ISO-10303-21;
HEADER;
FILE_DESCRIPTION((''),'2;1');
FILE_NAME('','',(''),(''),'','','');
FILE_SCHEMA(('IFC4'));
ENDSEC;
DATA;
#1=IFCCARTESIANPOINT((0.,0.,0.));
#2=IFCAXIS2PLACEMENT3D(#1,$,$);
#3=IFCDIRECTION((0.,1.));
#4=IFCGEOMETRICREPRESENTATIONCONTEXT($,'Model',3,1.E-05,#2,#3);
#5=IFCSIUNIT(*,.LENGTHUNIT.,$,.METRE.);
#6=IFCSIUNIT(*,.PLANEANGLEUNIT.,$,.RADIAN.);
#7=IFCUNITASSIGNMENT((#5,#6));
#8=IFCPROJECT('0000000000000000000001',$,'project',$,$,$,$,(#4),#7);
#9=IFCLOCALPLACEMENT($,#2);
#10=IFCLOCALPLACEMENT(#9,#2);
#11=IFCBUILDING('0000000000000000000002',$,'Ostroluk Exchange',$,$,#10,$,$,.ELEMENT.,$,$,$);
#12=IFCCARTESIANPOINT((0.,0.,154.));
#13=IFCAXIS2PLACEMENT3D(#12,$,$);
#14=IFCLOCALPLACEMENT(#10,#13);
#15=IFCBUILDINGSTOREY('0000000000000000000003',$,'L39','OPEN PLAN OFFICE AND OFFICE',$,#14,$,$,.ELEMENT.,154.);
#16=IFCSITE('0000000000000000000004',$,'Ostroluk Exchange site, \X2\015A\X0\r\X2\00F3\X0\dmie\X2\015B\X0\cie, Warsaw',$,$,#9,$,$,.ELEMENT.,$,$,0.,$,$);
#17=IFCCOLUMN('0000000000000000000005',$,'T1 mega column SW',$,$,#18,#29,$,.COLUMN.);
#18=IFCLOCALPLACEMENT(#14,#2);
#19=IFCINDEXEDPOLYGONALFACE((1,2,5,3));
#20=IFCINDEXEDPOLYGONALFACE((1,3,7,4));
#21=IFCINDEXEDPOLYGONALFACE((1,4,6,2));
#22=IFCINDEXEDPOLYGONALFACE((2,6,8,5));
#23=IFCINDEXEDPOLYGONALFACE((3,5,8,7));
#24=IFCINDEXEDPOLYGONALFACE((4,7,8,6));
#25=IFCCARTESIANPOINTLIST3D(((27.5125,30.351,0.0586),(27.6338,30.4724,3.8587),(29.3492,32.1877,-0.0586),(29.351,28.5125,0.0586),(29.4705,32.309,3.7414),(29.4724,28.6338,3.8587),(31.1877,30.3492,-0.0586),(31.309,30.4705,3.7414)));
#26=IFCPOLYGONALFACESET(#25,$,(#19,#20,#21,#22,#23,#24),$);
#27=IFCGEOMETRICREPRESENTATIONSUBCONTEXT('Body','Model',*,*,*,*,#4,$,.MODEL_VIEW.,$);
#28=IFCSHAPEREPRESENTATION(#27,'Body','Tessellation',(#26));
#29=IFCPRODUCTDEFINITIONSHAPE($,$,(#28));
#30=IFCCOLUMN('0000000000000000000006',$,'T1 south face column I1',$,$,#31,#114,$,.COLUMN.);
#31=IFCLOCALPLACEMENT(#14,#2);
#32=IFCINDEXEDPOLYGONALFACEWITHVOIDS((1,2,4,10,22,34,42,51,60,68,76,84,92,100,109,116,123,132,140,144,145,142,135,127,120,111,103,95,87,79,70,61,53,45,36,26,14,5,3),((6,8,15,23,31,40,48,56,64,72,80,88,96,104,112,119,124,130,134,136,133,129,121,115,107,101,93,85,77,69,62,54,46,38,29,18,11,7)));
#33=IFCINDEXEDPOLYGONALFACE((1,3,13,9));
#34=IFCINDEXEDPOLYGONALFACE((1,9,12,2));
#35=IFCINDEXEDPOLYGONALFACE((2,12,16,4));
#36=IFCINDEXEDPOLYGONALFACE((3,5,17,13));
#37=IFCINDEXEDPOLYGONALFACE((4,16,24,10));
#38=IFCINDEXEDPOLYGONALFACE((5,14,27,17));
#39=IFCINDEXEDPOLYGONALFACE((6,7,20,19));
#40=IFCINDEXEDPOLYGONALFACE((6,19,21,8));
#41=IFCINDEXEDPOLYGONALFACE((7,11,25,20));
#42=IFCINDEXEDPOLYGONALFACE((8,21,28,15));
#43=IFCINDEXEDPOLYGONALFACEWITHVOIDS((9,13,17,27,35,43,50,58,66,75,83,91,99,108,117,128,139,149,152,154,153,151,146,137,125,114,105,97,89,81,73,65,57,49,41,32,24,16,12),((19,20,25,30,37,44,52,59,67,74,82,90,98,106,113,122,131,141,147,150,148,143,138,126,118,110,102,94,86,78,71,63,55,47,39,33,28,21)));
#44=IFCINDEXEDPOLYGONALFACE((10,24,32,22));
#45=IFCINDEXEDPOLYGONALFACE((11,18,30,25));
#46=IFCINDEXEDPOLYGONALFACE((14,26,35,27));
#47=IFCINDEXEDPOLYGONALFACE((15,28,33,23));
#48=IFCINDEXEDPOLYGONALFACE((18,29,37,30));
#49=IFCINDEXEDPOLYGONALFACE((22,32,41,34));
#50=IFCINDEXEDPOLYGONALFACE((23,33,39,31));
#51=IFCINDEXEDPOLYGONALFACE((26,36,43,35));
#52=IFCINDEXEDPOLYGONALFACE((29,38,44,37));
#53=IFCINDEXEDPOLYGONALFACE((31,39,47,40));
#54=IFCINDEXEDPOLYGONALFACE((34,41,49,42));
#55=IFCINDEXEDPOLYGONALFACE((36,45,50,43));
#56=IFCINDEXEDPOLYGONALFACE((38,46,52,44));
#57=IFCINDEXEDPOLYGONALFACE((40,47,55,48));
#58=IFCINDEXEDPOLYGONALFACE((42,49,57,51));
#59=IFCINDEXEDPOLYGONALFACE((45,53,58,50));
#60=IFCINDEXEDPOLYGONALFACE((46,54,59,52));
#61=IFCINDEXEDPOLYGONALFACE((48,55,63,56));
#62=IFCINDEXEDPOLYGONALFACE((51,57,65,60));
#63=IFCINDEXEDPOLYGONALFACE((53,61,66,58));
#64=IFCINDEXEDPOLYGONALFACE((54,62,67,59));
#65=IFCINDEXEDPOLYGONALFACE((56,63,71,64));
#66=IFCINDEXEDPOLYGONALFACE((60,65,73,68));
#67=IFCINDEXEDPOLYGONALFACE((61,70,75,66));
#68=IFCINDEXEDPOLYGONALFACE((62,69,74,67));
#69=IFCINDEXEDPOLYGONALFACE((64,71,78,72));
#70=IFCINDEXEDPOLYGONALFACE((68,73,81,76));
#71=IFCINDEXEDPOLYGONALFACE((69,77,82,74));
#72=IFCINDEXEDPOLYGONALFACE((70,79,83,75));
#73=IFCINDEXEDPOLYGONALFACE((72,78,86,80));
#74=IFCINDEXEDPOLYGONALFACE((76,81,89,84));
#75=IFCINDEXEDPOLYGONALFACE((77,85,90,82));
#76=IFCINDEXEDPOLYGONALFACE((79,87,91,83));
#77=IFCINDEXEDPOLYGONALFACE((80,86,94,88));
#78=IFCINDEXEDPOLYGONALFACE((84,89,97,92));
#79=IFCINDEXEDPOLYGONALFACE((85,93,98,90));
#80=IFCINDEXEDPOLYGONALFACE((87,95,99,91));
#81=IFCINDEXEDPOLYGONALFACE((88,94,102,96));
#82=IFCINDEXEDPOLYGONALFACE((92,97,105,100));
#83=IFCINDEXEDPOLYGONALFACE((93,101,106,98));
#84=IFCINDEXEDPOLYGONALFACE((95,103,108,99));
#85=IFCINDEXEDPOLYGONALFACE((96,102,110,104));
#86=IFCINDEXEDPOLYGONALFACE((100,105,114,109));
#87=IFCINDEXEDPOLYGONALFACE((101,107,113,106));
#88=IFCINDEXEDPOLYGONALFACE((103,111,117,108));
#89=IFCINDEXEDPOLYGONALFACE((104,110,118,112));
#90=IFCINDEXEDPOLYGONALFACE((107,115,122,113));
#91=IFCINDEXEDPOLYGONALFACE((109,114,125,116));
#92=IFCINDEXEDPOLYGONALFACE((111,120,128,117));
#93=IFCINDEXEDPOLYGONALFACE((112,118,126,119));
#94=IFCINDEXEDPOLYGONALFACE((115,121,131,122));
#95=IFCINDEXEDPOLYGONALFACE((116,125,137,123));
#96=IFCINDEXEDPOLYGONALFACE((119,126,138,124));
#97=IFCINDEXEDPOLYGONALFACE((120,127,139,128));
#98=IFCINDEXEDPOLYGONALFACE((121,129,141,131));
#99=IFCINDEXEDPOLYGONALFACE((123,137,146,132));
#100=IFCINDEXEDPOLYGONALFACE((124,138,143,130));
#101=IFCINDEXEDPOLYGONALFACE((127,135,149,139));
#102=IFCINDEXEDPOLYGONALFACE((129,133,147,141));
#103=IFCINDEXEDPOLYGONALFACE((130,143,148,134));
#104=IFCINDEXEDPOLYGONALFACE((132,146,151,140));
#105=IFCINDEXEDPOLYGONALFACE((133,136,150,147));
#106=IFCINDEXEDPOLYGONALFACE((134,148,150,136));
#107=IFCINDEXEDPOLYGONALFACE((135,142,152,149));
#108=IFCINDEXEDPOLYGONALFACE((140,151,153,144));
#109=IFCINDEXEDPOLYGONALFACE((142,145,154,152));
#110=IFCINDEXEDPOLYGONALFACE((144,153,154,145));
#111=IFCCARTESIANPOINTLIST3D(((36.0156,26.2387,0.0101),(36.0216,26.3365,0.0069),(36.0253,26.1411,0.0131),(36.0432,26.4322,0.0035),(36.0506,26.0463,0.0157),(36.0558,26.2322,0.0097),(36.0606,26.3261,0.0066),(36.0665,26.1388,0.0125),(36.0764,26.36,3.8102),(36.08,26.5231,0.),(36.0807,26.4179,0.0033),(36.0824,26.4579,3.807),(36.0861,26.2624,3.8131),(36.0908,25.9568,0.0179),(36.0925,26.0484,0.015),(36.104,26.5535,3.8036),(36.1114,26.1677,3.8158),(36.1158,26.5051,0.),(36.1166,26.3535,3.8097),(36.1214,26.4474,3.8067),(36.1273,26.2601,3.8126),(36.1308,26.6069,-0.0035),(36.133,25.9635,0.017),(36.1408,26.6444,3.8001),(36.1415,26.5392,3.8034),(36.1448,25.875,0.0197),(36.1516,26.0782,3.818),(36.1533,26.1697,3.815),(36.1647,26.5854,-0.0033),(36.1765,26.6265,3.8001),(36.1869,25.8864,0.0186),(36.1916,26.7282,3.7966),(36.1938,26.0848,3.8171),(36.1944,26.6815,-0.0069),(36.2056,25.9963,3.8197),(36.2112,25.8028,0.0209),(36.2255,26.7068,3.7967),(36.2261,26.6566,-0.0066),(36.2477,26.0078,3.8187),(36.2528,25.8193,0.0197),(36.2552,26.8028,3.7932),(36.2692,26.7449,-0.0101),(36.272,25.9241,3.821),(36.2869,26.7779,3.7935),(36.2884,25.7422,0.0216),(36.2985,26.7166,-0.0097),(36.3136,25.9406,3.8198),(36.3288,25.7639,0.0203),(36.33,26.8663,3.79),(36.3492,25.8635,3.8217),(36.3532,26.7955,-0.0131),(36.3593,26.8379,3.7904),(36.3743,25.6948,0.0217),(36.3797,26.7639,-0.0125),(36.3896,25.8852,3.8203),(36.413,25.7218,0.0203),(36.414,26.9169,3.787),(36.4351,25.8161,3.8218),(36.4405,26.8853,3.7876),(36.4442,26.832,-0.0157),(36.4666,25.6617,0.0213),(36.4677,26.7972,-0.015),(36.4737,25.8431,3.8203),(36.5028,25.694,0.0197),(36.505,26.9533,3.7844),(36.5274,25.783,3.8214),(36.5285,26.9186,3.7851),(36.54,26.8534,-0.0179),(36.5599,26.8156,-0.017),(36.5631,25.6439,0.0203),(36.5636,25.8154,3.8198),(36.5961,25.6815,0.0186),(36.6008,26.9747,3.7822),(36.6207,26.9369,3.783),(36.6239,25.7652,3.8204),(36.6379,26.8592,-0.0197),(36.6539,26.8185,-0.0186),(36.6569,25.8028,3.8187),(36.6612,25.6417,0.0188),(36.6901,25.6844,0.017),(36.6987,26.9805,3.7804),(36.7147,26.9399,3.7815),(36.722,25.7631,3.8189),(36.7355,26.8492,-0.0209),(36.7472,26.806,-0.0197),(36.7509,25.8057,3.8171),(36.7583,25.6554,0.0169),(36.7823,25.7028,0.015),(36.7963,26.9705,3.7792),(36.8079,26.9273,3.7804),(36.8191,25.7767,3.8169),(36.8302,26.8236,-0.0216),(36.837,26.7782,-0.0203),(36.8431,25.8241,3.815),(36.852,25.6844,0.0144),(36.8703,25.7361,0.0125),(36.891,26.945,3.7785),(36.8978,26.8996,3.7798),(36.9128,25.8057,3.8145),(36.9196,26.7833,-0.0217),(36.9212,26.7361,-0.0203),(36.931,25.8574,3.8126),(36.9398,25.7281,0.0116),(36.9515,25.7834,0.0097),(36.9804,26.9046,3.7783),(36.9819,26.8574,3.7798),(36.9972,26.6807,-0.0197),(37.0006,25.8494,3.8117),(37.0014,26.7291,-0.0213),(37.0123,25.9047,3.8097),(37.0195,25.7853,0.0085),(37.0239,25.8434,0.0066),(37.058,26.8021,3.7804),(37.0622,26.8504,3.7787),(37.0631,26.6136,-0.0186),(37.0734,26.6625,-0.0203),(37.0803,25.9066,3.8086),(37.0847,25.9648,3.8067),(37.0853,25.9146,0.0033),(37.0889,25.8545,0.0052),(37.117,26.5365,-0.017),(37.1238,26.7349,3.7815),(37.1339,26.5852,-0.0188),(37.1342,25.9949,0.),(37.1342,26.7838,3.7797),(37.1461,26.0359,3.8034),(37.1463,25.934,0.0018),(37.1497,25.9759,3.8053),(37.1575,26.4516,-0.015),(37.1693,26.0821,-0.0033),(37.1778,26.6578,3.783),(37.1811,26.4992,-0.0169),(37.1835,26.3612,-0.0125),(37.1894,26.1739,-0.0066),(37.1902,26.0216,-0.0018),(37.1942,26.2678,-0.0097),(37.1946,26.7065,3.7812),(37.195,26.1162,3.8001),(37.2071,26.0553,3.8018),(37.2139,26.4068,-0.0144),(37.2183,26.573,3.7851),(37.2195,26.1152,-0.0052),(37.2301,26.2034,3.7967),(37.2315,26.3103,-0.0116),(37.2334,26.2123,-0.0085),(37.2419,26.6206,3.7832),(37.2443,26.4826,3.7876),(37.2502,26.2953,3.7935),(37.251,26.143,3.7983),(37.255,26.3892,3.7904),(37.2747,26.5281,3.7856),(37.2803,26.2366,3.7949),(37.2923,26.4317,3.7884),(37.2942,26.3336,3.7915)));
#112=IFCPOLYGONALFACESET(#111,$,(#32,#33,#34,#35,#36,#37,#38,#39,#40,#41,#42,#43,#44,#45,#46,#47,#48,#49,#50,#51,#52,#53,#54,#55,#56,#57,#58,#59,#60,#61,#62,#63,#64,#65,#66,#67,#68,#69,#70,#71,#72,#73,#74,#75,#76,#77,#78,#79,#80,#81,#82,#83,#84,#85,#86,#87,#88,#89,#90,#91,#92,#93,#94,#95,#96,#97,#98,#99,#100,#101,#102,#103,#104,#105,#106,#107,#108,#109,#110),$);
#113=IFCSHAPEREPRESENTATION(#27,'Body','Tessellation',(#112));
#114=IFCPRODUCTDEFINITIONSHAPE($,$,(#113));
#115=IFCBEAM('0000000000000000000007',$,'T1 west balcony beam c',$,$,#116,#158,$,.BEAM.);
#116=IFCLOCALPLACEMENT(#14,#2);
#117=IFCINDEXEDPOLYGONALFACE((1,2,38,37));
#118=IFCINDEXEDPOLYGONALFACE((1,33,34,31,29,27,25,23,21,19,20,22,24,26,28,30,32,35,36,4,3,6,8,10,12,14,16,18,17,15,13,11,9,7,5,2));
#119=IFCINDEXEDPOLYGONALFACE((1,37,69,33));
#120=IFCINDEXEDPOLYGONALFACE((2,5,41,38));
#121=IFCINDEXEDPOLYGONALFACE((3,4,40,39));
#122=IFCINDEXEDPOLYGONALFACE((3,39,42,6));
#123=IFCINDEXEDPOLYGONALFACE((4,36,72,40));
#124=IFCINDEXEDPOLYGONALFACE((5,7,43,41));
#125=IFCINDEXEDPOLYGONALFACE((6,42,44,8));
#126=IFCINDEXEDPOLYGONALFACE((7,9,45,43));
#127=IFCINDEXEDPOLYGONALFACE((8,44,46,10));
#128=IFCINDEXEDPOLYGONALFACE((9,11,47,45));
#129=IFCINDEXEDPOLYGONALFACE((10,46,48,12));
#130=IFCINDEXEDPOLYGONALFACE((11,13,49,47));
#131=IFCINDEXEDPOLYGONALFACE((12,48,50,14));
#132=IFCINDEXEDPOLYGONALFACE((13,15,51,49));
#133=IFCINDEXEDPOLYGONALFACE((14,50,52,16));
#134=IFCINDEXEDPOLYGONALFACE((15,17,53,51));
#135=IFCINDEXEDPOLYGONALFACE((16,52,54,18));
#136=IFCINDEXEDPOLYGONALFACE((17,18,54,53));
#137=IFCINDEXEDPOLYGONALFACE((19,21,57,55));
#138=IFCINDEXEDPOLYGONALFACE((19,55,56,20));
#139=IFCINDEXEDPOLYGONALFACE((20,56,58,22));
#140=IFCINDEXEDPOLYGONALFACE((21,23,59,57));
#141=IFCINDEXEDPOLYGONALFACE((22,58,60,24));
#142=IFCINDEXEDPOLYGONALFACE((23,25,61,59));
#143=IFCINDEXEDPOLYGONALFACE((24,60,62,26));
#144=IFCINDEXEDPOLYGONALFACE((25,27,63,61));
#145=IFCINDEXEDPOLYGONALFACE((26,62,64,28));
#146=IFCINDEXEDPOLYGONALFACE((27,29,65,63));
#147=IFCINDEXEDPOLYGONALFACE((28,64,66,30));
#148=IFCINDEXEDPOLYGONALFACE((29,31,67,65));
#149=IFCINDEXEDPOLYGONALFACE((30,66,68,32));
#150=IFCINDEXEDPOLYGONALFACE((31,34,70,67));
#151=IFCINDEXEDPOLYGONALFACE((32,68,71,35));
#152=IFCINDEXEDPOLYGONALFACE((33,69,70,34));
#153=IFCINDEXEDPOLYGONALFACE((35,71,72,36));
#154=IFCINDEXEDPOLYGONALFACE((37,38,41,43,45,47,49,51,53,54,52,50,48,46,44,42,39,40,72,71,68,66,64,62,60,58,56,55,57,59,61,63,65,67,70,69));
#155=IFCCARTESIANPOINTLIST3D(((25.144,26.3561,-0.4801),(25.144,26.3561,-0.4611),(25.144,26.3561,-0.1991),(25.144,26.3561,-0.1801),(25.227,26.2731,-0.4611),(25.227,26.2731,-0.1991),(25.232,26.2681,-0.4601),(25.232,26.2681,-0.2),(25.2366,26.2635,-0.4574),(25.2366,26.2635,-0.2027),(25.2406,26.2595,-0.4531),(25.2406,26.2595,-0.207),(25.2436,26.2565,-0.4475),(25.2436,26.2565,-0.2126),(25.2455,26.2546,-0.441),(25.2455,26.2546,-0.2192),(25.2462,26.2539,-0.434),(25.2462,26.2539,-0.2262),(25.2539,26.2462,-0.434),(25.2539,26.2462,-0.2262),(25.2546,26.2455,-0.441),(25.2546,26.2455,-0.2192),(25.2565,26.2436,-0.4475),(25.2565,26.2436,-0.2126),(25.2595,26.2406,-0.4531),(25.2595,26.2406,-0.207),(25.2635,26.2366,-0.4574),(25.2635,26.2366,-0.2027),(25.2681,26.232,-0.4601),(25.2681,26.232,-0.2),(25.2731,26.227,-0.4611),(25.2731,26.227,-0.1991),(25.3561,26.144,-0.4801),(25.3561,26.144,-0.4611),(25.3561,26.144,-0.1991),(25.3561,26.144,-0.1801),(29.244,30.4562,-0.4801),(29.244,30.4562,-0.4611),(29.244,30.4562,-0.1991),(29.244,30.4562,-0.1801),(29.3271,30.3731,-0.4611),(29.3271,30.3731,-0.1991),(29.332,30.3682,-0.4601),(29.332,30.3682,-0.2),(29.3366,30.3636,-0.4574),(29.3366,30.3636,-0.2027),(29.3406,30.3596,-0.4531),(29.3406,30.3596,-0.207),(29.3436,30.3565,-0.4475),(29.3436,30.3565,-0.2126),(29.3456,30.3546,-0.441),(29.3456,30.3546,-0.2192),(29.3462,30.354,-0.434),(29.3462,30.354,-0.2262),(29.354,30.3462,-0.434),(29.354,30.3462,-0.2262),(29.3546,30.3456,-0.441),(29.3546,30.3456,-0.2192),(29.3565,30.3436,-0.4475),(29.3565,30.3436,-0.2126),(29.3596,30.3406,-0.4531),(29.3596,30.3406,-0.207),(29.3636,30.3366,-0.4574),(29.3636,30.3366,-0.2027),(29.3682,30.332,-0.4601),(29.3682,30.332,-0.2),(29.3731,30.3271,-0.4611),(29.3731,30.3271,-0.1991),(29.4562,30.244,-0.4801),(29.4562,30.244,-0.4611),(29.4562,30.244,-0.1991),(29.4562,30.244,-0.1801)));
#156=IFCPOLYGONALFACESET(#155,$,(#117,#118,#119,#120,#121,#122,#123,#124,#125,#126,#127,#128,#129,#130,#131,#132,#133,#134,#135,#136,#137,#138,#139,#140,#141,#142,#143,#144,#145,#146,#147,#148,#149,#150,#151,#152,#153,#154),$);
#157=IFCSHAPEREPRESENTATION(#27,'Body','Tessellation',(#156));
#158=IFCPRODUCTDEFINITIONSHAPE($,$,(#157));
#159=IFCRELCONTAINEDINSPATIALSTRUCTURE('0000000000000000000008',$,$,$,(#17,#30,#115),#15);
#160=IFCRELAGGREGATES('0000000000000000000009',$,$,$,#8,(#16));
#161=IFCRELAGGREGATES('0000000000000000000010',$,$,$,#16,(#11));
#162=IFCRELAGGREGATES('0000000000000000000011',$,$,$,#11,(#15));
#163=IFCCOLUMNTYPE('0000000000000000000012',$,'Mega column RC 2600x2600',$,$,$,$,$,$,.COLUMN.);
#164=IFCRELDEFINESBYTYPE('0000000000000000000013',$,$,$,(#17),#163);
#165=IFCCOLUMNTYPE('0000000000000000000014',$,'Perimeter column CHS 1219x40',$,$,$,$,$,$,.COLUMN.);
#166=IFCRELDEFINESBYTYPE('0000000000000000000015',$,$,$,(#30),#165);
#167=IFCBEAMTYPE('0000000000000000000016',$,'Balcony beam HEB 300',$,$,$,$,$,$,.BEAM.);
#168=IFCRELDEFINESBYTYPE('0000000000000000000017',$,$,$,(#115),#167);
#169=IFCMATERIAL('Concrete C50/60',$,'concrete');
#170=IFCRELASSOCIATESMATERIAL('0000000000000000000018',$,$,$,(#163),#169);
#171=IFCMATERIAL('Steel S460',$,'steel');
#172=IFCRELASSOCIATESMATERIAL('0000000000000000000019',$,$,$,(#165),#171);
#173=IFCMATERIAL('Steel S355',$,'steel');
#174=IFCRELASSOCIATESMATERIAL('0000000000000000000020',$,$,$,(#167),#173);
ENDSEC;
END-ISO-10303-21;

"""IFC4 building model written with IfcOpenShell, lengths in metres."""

from ifc_helpers import new_model, si_unit, direction, frame, origin, origin_2d, place, context, subcontext, project, spatial, rectangle, hollow_circle, i_section, extrude, material, material_profile, profile_set, type_object, element, save


model = new_model("IFC4")

# Units and contexts
model_context = context("Model", 3, precision=1e-05, world=origin(), true_north=direction((0.0, 1.0)))
body_context = subcontext(model_context, "Body", "Model", "MODEL_VIEW")
ifc_project = project(units=[si_unit("LENGTHUNIT", "METRE"), si_unit("PLANEANGLEUNIT", "RADIAN")], contexts=[model_context])

# Site, building, storey
site_placement = place(None, origin())
site = spatial("IfcSite", under=ifc_project, at=site_placement, Name="Ostroluk Exchange site, Śródmieście, Warsaw", CompositionType="ELEMENT", RefElevation=0.0)
building_placement = place(site_placement, origin())
building = spatial("IfcBuilding", under=site, at=building_placement, Name="Ostroluk Exchange", CompositionType="ELEMENT")
storey_placement = place(building_placement, frame((0.0, 0.0, 154.0)))
storey = spatial("IfcBuildingStorey", under=building, at=storey_placement, Name="L39", Description="OPEN PLAN OFFICE AND OFFICE", CompositionType="ELEMENT", Elevation=154.0)

# Columns
ifc_material_1 = material(Name="Concrete C50/60", Category="concrete")
ifc_material_profile_1 = material_profile(ifc_material_1, rectangle(XDim=2.6001, YDim=2.6001, at=origin_2d()), Name="RC 2600x2600")
ifc_profile_set_1 = profile_set([ifc_material_profile_1], Name="Concrete C50/60")
column_type_1 = type_object("IfcColumnType", Name="Mega column RC 2600x2600", PredefinedType="COLUMN", material=ifc_profile_set_1)
column_1_placement = place(storey_placement, frame((29.3501, 30.3501, 0.0), z_axis=(0.031898, 0.031898, 0.998982), x_axis=(-0.707107, 0.707107, 0.0)))
element("IfcColumn", 1, at=column_1_placement, inside=storey, type_object=column_type_1, Name="T1 mega column SW", PredefinedType="COLUMN", context=body_context, shape_type="SweptSolid", body=[
    extrude(rectangle(XDim=2.6001, YDim=2.6001, at=origin_2d()), origin(), (0.0, 0.0, 1.0), 3.804),
])
ifc_material_2 = material(Name="Steel S460", Category="steel")
ifc_material_profile_2 = material_profile(ifc_material_2, hollow_circle(Radius=0.6096, WallThickness=0.04, at=origin_2d()), Name="CHS 1219x40")
ifc_profile_set_2 = profile_set([ifc_material_profile_2], Name="Steel S460")
column_type_2 = type_object("IfcColumnType", Name="Perimeter column CHS 1219x40", PredefinedType="COLUMN", material=ifc_profile_set_2)
column_2_placement = place(storey_placement, frame((36.625, 26.25, 0.0), z_axis=(0.015987, 0.03191, 0.999363), x_axis=(-0.894067, 0.447933, 0.0)))
element("IfcColumn", 2, at=column_2_placement, inside=storey, type_object=column_type_2, Name="T1 south face column I1", PredefinedType="COLUMN", context=body_context, shape_type="SweptSolid", body=[
    extrude(hollow_circle(Radius=0.6096, WallThickness=0.04, at=origin_2d()), origin(), (0.0, 0.0, 1.0), 3.8025),
])

# Beam
ifc_material_3 = material(Name="Steel S355", Category="steel")
ifc_material_profile_3 = material_profile(ifc_material_3, i_section(OverallWidth=0.3, OverallDepth=0.3, WebThickness=0.011, FlangeThickness=0.019, FilletRadius=0.0271, at=origin_2d()), Name="HEB 300")
ifc_profile_set_3 = profile_set([ifc_material_profile_3], Name="Steel S355")
beam_type_1 = type_object("IfcBeamType", Name="Balcony beam HEB 300", PredefinedType="BEAM", material=ifc_profile_set_3)
beam_1_placement = place(storey_placement, frame((29.3501, 30.3501, -0.3301), z_axis=(-0.707107, -0.707107, 0.0), x_axis=(0.707107, -0.707107, 0.0)))
element("IfcBeam", 3, at=beam_1_placement, inside=storey, type_object=beam_type_1, Name="T1 west balcony beam c", PredefinedType="BEAM", context=body_context, shape_type="SweptSolid", body=[
    extrude(i_section(OverallWidth=0.3, OverallDepth=0.3, WebThickness=0.011, FlangeThickness=0.019, FilletRadius=0.0271, at=origin_2d()), origin(), (0.0, 0.0, 1.0), 5.7983),
])

save(model, "model.ifc")
